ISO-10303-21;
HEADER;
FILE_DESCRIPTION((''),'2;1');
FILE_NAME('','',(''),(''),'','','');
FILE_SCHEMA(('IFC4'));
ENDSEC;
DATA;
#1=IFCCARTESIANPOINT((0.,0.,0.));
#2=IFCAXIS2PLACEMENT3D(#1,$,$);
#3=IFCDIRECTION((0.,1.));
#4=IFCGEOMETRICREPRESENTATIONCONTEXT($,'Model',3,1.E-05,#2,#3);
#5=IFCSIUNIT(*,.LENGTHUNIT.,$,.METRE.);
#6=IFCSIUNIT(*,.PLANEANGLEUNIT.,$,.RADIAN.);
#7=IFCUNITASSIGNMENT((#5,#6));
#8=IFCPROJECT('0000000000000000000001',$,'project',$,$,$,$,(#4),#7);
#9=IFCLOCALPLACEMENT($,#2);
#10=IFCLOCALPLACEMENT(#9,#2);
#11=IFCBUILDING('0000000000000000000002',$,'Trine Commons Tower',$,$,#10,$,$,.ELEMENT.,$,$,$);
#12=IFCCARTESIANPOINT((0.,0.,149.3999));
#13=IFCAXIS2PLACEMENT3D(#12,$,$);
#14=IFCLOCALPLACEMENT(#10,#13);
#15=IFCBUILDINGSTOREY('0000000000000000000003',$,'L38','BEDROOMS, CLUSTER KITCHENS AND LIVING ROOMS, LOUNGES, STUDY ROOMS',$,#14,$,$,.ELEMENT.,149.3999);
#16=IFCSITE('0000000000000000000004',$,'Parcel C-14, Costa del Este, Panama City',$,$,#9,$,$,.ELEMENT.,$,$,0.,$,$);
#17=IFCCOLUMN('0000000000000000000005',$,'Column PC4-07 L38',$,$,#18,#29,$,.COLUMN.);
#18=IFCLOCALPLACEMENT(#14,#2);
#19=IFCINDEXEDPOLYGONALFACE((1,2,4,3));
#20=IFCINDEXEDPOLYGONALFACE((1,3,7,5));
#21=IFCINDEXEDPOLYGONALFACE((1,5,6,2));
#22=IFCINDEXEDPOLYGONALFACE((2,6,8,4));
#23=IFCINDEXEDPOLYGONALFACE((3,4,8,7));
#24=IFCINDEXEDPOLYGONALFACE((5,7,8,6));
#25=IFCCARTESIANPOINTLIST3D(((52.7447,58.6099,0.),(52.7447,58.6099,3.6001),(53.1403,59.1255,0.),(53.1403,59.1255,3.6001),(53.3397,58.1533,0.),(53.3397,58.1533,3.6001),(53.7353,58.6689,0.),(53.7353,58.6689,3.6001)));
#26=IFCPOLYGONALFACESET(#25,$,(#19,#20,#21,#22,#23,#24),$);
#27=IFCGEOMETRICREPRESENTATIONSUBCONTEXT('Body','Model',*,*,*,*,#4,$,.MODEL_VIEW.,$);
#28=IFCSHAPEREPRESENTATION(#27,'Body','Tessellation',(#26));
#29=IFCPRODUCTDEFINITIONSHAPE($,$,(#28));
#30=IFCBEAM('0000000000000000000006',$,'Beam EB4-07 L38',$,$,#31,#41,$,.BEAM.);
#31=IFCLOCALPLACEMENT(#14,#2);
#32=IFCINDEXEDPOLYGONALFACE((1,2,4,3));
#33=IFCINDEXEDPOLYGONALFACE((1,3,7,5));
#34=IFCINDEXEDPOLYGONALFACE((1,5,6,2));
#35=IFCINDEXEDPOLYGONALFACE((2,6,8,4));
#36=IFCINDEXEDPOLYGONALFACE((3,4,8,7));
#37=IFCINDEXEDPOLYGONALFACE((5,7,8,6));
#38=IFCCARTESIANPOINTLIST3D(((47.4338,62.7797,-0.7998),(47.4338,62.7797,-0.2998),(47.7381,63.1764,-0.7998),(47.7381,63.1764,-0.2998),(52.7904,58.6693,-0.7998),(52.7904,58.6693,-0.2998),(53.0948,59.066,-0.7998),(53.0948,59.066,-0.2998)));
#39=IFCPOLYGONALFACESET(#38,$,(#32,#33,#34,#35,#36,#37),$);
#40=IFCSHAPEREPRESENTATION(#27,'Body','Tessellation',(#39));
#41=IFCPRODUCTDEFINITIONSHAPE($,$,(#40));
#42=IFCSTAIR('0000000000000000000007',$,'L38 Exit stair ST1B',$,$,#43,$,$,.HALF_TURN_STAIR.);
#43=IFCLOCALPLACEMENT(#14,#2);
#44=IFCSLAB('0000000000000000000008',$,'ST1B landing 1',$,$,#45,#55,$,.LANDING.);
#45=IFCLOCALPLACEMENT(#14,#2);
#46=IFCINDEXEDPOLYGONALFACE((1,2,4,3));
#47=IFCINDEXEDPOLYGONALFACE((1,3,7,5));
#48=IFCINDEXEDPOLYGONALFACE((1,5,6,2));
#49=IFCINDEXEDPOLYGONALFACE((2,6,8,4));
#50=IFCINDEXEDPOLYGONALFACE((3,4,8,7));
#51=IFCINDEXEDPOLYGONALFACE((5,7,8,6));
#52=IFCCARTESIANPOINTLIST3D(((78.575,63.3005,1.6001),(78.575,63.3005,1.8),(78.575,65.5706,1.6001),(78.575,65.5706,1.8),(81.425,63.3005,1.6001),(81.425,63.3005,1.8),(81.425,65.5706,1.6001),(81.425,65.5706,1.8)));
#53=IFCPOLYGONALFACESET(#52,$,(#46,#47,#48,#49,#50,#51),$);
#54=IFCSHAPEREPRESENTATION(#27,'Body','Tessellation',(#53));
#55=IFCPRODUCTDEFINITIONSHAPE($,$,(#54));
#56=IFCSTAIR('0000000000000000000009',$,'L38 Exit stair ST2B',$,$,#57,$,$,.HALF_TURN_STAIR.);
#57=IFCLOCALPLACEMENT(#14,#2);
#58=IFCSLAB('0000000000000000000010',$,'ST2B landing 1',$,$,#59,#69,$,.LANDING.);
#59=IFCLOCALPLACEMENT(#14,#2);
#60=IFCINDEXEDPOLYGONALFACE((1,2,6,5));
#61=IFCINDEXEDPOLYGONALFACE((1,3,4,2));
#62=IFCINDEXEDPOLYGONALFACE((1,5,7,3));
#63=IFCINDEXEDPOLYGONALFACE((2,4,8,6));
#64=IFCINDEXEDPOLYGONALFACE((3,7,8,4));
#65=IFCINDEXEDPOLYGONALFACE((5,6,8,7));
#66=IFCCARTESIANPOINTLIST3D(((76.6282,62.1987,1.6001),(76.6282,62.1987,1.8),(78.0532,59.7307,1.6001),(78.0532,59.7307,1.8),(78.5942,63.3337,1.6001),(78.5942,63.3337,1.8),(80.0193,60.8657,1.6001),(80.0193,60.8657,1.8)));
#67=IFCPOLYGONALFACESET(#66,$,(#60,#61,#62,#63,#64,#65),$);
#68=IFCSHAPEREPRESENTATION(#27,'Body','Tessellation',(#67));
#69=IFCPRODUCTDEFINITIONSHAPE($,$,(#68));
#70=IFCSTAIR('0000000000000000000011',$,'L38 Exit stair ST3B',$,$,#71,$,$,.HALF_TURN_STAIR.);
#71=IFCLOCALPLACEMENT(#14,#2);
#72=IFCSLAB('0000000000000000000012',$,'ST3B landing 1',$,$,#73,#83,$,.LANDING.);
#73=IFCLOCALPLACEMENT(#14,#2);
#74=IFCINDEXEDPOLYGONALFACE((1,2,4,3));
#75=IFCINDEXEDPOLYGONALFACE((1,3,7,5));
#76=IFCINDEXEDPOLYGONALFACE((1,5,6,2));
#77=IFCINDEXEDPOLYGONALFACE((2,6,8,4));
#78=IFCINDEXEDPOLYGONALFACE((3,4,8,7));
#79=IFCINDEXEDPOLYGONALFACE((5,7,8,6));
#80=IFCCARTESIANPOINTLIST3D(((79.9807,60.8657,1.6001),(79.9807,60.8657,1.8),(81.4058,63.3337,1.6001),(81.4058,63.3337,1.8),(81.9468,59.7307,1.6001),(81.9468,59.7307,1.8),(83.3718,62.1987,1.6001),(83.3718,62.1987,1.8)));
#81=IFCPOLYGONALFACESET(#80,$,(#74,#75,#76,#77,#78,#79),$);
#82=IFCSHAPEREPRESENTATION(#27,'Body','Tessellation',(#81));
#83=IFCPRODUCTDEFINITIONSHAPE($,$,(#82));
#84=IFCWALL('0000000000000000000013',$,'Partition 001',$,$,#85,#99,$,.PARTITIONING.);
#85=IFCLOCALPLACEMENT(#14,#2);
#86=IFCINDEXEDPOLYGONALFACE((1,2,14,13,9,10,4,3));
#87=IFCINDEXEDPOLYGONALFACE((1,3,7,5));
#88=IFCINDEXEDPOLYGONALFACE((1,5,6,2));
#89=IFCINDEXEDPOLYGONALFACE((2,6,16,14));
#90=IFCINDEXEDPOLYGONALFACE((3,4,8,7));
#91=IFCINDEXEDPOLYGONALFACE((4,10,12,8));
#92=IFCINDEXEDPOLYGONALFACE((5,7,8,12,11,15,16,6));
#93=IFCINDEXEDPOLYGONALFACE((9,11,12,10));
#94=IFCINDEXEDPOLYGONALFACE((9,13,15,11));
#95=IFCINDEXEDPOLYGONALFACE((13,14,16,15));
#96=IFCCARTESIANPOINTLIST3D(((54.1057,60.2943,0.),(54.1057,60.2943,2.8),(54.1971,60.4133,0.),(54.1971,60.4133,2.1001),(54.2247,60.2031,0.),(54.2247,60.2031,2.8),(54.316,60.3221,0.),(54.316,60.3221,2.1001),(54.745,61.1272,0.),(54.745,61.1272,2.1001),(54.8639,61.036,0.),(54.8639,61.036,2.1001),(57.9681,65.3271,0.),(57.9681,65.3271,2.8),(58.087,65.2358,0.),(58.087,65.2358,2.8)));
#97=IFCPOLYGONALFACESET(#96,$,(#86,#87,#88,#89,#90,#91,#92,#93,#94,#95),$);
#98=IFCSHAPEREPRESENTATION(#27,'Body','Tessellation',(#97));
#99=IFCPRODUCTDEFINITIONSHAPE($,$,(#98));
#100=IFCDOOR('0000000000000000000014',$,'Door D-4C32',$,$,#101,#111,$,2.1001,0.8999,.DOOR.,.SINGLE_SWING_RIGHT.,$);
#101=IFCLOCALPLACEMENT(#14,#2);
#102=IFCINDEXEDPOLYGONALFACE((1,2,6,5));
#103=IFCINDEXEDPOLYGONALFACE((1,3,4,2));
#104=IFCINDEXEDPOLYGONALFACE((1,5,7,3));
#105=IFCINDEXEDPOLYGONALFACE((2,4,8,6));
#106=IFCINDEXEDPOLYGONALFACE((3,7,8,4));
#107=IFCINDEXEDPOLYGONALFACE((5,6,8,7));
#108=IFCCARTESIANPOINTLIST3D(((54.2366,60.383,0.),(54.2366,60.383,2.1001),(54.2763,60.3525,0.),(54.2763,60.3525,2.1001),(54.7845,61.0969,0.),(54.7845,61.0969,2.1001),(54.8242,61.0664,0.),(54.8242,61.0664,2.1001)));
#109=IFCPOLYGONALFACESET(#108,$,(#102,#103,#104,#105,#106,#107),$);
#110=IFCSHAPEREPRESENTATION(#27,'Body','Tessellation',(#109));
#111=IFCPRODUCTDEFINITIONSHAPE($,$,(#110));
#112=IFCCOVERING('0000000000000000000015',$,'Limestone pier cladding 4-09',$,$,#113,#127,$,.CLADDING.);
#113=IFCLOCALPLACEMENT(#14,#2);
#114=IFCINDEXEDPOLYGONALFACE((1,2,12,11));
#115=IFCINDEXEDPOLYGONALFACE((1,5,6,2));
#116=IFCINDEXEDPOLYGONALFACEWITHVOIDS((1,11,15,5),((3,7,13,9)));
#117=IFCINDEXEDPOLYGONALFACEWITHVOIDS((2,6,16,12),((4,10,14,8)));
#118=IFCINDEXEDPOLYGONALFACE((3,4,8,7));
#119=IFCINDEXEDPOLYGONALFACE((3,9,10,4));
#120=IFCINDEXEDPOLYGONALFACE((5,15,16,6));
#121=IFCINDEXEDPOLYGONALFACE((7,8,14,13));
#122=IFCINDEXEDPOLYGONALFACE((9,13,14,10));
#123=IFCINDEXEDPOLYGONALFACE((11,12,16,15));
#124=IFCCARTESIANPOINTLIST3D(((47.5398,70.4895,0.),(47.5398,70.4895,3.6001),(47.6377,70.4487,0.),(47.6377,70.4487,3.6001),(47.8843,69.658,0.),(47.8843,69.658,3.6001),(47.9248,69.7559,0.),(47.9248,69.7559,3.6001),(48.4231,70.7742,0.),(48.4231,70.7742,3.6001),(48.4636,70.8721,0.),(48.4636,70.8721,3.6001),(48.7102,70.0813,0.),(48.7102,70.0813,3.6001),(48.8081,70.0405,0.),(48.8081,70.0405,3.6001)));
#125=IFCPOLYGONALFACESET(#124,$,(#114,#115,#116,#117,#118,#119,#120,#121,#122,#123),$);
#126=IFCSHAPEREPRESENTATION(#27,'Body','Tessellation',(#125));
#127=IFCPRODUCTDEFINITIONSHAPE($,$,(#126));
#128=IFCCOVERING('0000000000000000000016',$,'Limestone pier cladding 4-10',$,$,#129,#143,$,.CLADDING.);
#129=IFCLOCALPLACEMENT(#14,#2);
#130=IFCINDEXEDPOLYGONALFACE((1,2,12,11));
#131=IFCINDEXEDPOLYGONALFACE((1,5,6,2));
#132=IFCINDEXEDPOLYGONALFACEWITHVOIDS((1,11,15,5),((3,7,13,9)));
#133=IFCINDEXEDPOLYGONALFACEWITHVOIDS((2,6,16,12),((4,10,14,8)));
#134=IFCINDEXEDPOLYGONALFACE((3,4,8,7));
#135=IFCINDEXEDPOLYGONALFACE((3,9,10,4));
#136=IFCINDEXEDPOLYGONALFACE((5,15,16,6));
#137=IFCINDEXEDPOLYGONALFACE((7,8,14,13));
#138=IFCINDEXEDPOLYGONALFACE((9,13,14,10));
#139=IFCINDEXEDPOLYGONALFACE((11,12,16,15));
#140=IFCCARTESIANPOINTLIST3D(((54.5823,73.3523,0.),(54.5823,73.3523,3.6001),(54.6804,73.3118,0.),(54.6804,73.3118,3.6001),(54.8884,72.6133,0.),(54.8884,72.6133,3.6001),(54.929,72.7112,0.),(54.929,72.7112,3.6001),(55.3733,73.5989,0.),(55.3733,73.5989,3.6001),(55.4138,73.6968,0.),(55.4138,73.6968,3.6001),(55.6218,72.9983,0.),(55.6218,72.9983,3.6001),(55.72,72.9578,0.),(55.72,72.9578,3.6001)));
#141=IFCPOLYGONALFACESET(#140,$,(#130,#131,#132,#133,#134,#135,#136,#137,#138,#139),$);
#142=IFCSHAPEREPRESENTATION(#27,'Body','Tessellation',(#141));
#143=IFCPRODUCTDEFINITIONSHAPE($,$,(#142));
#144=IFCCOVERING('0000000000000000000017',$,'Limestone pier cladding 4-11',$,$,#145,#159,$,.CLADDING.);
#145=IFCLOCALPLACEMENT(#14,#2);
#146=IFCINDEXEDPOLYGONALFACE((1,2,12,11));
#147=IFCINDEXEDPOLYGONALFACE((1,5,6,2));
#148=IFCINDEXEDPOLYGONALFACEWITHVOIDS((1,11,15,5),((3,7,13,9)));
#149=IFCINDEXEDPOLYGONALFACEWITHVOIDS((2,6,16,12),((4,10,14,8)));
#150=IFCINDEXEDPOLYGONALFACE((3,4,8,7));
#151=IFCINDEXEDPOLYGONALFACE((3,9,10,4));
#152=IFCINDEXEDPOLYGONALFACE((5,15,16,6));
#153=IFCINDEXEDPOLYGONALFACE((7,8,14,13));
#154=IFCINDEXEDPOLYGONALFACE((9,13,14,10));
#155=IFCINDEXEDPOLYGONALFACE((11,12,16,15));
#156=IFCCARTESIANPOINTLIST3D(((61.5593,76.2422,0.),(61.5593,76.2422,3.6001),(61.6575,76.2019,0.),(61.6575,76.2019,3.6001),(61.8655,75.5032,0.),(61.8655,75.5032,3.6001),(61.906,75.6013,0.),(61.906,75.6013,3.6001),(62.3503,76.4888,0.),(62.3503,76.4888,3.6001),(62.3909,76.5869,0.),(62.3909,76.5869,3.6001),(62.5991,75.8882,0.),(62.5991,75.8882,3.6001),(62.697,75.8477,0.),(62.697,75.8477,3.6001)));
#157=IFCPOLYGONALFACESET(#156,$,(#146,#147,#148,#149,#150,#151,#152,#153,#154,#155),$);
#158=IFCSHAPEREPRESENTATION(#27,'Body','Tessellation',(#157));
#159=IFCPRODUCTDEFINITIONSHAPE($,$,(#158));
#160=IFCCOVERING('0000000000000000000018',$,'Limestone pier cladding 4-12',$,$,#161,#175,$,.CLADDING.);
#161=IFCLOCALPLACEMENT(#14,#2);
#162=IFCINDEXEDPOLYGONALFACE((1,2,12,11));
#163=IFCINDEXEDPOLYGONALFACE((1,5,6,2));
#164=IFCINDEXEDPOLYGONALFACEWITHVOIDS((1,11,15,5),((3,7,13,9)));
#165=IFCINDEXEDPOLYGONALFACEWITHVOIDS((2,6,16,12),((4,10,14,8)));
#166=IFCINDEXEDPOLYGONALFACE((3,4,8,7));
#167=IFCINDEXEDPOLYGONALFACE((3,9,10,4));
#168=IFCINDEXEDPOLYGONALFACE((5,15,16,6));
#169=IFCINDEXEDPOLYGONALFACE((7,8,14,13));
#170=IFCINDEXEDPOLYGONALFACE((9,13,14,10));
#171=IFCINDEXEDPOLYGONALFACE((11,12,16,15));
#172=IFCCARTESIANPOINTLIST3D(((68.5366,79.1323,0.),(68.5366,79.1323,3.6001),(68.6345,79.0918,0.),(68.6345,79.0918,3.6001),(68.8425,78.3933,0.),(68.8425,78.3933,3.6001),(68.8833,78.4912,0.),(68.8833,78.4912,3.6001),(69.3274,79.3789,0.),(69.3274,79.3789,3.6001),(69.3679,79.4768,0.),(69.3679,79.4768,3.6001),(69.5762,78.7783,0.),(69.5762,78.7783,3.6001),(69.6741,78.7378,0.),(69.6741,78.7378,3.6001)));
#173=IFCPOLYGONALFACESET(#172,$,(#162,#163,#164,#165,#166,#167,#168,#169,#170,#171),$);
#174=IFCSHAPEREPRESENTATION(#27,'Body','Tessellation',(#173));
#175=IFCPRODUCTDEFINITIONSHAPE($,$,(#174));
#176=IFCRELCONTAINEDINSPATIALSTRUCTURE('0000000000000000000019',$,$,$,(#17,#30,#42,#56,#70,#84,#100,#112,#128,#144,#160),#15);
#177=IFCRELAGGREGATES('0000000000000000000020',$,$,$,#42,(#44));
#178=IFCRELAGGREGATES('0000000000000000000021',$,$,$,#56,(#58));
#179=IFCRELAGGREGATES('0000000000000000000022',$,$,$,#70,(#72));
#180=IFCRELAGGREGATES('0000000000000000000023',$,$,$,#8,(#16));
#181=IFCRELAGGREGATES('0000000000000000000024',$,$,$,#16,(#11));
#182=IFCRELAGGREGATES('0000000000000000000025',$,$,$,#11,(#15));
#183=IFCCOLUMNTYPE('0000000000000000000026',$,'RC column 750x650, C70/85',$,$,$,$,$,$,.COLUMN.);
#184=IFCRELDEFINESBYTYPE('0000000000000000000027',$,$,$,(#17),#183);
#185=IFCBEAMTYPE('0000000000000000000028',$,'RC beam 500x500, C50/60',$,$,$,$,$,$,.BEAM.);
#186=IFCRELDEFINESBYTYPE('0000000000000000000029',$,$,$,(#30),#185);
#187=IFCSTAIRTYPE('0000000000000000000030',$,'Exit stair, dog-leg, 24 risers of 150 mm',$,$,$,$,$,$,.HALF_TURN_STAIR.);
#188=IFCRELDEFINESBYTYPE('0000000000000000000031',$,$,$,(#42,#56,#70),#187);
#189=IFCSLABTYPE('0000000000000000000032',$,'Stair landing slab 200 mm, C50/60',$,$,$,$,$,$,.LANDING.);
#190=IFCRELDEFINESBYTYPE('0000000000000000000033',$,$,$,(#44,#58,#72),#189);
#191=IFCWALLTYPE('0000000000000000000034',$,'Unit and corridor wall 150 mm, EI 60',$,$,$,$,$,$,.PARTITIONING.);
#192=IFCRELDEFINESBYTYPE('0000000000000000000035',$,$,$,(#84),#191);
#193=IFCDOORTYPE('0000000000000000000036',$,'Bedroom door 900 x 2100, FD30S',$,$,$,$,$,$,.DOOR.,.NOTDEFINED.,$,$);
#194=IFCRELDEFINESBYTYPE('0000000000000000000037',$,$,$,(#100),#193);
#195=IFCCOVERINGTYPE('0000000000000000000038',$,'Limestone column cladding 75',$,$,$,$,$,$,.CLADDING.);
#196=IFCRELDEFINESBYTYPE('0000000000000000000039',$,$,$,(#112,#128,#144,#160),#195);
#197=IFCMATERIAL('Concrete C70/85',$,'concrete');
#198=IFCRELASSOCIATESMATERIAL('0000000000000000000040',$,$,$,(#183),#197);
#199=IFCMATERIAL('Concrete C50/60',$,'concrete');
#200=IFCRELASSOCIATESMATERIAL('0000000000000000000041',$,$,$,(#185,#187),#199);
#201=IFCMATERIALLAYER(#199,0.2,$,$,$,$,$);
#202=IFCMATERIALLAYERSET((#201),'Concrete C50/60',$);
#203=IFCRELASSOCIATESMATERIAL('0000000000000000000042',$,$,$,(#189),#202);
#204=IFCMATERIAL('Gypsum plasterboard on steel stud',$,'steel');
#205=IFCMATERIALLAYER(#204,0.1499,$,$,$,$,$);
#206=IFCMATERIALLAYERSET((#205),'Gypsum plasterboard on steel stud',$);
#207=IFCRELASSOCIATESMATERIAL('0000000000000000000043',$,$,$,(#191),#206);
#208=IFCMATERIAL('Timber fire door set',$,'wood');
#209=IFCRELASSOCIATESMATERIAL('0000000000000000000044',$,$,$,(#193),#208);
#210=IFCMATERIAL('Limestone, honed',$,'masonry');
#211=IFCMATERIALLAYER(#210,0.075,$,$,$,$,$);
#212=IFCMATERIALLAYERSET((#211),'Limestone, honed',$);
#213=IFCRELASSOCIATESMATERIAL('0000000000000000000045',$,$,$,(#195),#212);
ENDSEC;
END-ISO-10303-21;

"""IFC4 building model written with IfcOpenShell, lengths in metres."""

from ifc_helpers import new_model, si_unit, direction, frame, frame_2d, origin, origin_2d, place, context, subcontext, project, spatial, polyline, rectangle, outline, extrude, material, layer, layer_set, material_profile, profile_set, type_object, element, fill, aggregate, save


model = new_model("IFC4")

# Units and contexts
model_context = context("Model", 3, precision=1e-05, world=origin(), true_north=direction((0.0, 1.0)))
body_context = subcontext(model_context, "Body", "Model", "MODEL_VIEW")
ifc_project = project(units=[si_unit("LENGTHUNIT", "METRE"), si_unit("PLANEANGLEUNIT", "RADIAN")], contexts=[model_context])

# Site, building, storey
site_placement = place(None, origin())
site = spatial("IfcSite", under=ifc_project, at=site_placement, Name="Parcel C-14, Costa del Este, Panama City", CompositionType="ELEMENT", RefElevation=0.0)
building_placement = place(site_placement, origin())
building = spatial("IfcBuilding", under=site, at=building_placement, Name="Trine Commons Tower", CompositionType="ELEMENT")
storey_placement = place(building_placement, frame((0.0, 0.0, 149.3999)))
storey = spatial("IfcBuildingStorey", under=building, at=storey_placement, Name="L38", Description="BEDROOMS, CLUSTER KITCHENS AND LIVING ROOMS, LOUNGES, STUDY ROOMS", CompositionType="ELEMENT", Elevation=149.3999)

# Column
ifc_material_1 = material(Name="Concrete C70/85", Category="concrete")
ifc_material_profile_1 = material_profile(ifc_material_1, rectangle(XDim=0.75, YDim=0.6499, at=origin_2d()), Name="RC 750x650")
ifc_profile_set_1 = profile_set([ifc_material_profile_1], Name="Concrete C70/85")
column_type = type_object("IfcColumnType", Name="RC column 750x650, C70/85", PredefinedType="COLUMN", material=ifc_profile_set_1)
column_placement = place(storey_placement, frame((53.24, 58.6394, 0.0), z_axis=(0.0, 0.0, 1.0), x_axis=(-0.793353, 0.608761, 0.0)))
element("IfcColumn", 1, at=column_placement, inside=storey, type_object=column_type, Name="Column PC4-07 L38", PredefinedType="COLUMN", context=body_context, shape_type="SweptSolid", body=[
    extrude(rectangle(XDim=0.75, YDim=0.6499, at=origin_2d()), origin(), (0.0, 0.0, 1.0), 3.6001),
])

# Beam
ifc_material_2 = material(Name="Concrete C50/60", Category="concrete")
ifc_material_profile_2 = material_profile(ifc_material_2, rectangle(XDim=0.5, YDim=0.5, at=origin_2d()), Name="RC 500x500")
ifc_profile_set_2 = profile_set([ifc_material_profile_2], Name="Concrete C50/60")
beam_type = type_object("IfcBeamType", Name="RC beam 500x500, C50/60", PredefinedType="BEAM", material=ifc_profile_set_2)
beam_placement = place(storey_placement, frame((52.9426, 58.8677, -0.5498), z_axis=(-0.793352, 0.608763, 0.0), x_axis=(-0.608763, -0.793352, 0.0)))
element("IfcBeam", 2, at=beam_placement, inside=storey, type_object=beam_type, Name="Beam EB4-07 L38", PredefinedType="BEAM", context=body_context, shape_type="SweptSolid", body=[
    extrude(rectangle(XDim=0.5, YDim=0.5, at=origin_2d()), origin(), (0.0, 0.0, 1.0), 6.752),
])

# Stairs, slabs
stair_type = type_object("IfcStairType", Name="Exit stair, dog-leg, 24 risers of 150 mm", PredefinedType="HALF_TURN_STAIR", material=ifc_material_2)
stair_1_placement = place(storey_placement, origin())
stair_1 = element("IfcStair", 3, at=stair_1_placement, inside=storey, type_object=stair_type, Name="L38 Exit stair ST1B", PredefinedType="HALF_TURN_STAIR")
ifc_layer_1 = layer(ifc_material_2, 0.2)
ifc_layer_set_1 = layer_set([ifc_layer_1], Name="Concrete C50/60")
slab_type = type_object("IfcSlabType", Name="Stair landing slab 200 mm, C50/60", PredefinedType="LANDING", material=ifc_layer_set_1)
slab_1_placement = place(storey_placement, frame((0.0, 0.0, 1.6001)))
slab_1 = element("IfcSlab", 4, at=slab_1_placement, type_object=slab_type, Name="ST1B landing 1", PredefinedType="LANDING", context=body_context, shape_type="SweptSolid", body=[
    extrude(outline(polyline([(78.575, 65.5706), (78.575, 63.3005), (81.425, 63.3005), (81.425, 65.5706), (78.575, 65.5706)])), origin(), (0.0, 0.0, 1.0), 0.2),
])
aggregate(stair_1, [slab_1])
stair_2_placement = place(storey_placement, origin())
stair_2 = element("IfcStair", 5, at=stair_2_placement, inside=storey, type_object=stair_type, Name="L38 Exit stair ST2B", PredefinedType="HALF_TURN_STAIR")
slab_2_placement = place(storey_placement, frame((0.0, 0.0, 1.6001)))
slab_2 = element("IfcSlab", 6, at=slab_2_placement, type_object=slab_type, Name="ST2B landing 1", PredefinedType="LANDING", context=body_context, shape_type="SweptSolid", body=[
    extrude(outline(polyline([(78.0532, 59.7307), (80.0193, 60.8657), (78.5942, 63.3337), (76.6282, 62.1987), (78.0532, 59.7307)])), origin(), (0.0, 0.0, 1.0), 0.2),
])
aggregate(stair_2, [slab_2])
stair_3_placement = place(storey_placement, origin())
stair_3 = element("IfcStair", 7, at=stair_3_placement, inside=storey, type_object=stair_type, Name="L38 Exit stair ST3B", PredefinedType="HALF_TURN_STAIR")
slab_3_placement = place(storey_placement, frame((0.0, 0.0, 1.6001)))
slab_3 = element("IfcSlab", 8, at=slab_3_placement, type_object=slab_type, Name="ST3B landing 1", PredefinedType="LANDING", context=body_context, shape_type="SweptSolid", body=[
    extrude(outline(polyline([(83.3718, 62.1987), (81.4058, 63.3337), (79.9807, 60.8657), (81.9468, 59.7307), (83.3718, 62.1987)])), origin(), (0.0, 0.0, 1.0), 0.2),
])
aggregate(stair_3, [slab_3])

# Wall, opening, door
ifc_material_3 = material(Name="Gypsum plasterboard on steel stud", Category="steel")
ifc_layer_2 = layer(ifc_material_3, 0.1499)
ifc_layer_set_2 = layer_set([ifc_layer_2], Name="Gypsum plasterboard on steel stud")
wall_type = type_object("IfcWallType", Name="Unit and corridor wall 150 mm, EI 60", PredefinedType="PARTITIONING", material=ifc_layer_set_2)
wall_placement = place(storey_placement, frame((54.1653, 60.2488, 0.0), z_axis=(0.0, 0.0, 1.0), x_axis=(0.608818, 0.79331, 0.0)))
wall = element("IfcWall", 9, at=wall_placement, inside=storey, type_object=wall_type, Name="Partition 001", PredefinedType="PARTITIONING", context=body_context, shape_type="SweptSolid", body=[
    extrude(rectangle(XDim=6.344, YDim=0.1499, at=frame_2d((3.1719, 0.0))), origin(), (0.0, 0.0, 1.0), 2.8),
])
opening_placement = place(wall_placement, frame((0.1499, 0.0, 0.0)))
opening = element("IfcOpeningElement", 10, at=opening_placement, cuts=wall, PredefinedType="OPENING", context=body_context, shape_type="SweptSolid", body=[
    extrude(rectangle(XDim=0.8999, YDim=2.1001, at=frame_2d((0.45, 1.05))), frame((0.0, 0.085, 0.0), z_axis=(0.0, -1.0, 0.0), x_axis=(1.0, 0.0, 0.0)), (0.0, 0.0, 1.0), 0.1699),
])
ifc_material_4 = material(Name="Timber fire door set", Category="wood")
door_type = type_object("IfcDoorType", Name="Bedroom door 900 x 2100, FD30S", OperationType="NOTDEFINED", PredefinedType="DOOR", material=ifc_material_4)
door_placement = place(opening_placement, frame((0.8999, 0.0, 0.0), z_axis=(0.0, 0.0, 1.0), x_axis=(-1.0, 0.0, 0.0)))
door = element("IfcDoor", 11, at=door_placement, inside=storey, type_object=door_type, Name="Door D-4C32", OperationType="SINGLE_SWING_RIGHT", OverallHeight=2.1001, OverallWidth=0.8999, PredefinedType="DOOR", context=body_context, shape_type="SweptSolid", body=[
    extrude(rectangle(XDim=0.8999, YDim=2.1001, at=frame_2d((0.45, 1.05))), frame((0.0, 0.0249, 0.0), z_axis=(0.0, -1.0, 0.0), x_axis=(1.0, 0.0, 0.0)), (0.0, 0.0, 1.0), 0.05),
])
fill(opening, door)

# Coverings
ifc_material_5 = material(Name="Limestone, honed", Category="masonry")
ifc_layer_3 = layer(ifc_material_5, 0.075)
ifc_layer_set_3 = layer_set([ifc_layer_3], Name="Limestone, honed")
covering_type_1 = type_object("IfcCoveringType", Name="Limestone column cladding 75", PredefinedType="CLADDING", material=ifc_layer_set_3)
covering_1_placement = place(storey_placement, origin())
element("IfcCovering", 12, at=covering_1_placement, inside=storey, type_object=covering_type_1, Name="Limestone pier cladding 4-09", PredefinedType="CLADDING", context=body_context, shape_type="SweptSolid", body=[
    extrude(outline(polyline([(48.8081, 70.0405), (48.4636, 70.8721), (47.5398, 70.4895), (47.8843, 69.658), (48.8081, 70.0405)]), holes=[polyline([(48.7102, 70.0813), (48.4231, 70.7742), (47.6377, 70.4487), (47.9248, 69.7559), (48.7102, 70.0813)])]), origin(), (0.0, 0.0, 1.0), 3.6001),
])
covering_2_placement = place(storey_placement, origin())
element("IfcCovering", 13, at=covering_2_placement, inside=storey, type_object=covering_type_1, Name="Limestone pier cladding 4-10", PredefinedType="CLADDING", context=body_context, shape_type="SweptSolid", body=[
    extrude(outline(polyline([(55.72, 72.9578), (55.4138, 73.6968), (54.5823, 73.3523), (54.8884, 72.6133), (55.72, 72.9578)]), holes=[polyline([(55.6218, 72.9983), (55.3733, 73.5989), (54.6804, 73.3118), (54.929, 72.7112), (55.6218, 72.9983)])]), origin(), (0.0, 0.0, 1.0), 3.6001),
])
covering_3_placement = place(storey_placement, origin())
element("IfcCovering", 14, at=covering_3_placement, inside=storey, type_object=covering_type_1, Name="Limestone pier cladding 4-11", PredefinedType="CLADDING", context=body_context, shape_type="SweptSolid", body=[
    extrude(outline(polyline([(62.697, 75.8477), (62.3909, 76.5869), (61.5593, 76.2422), (61.8655, 75.5032), (62.697, 75.8477)]), holes=[polyline([(62.5991, 75.8882), (62.3503, 76.4888), (61.6575, 76.2019), (61.906, 75.6013), (62.5991, 75.8882)])]), origin(), (0.0, 0.0, 1.0), 3.6001),
])
covering_4_placement = place(storey_placement, origin())
element("IfcCovering", 15, at=covering_4_placement, inside=storey, type_object=covering_type_1, Name="Limestone pier cladding 4-12", PredefinedType="CLADDING", context=body_context, shape_type="SweptSolid", body=[
    extrude(outline(polyline([(69.6741, 78.7378), (69.3679, 79.4768), (68.5366, 79.1323), (68.8425, 78.3933), (69.6741, 78.7378)]), holes=[polyline([(69.5762, 78.7783), (69.3274, 79.3789), (68.6345, 79.0918), (68.8833, 78.4912), (69.5762, 78.7783)])]), origin(), (0.0, 0.0, 1.0), 3.6001),
])

save(model, "model.ifc")
